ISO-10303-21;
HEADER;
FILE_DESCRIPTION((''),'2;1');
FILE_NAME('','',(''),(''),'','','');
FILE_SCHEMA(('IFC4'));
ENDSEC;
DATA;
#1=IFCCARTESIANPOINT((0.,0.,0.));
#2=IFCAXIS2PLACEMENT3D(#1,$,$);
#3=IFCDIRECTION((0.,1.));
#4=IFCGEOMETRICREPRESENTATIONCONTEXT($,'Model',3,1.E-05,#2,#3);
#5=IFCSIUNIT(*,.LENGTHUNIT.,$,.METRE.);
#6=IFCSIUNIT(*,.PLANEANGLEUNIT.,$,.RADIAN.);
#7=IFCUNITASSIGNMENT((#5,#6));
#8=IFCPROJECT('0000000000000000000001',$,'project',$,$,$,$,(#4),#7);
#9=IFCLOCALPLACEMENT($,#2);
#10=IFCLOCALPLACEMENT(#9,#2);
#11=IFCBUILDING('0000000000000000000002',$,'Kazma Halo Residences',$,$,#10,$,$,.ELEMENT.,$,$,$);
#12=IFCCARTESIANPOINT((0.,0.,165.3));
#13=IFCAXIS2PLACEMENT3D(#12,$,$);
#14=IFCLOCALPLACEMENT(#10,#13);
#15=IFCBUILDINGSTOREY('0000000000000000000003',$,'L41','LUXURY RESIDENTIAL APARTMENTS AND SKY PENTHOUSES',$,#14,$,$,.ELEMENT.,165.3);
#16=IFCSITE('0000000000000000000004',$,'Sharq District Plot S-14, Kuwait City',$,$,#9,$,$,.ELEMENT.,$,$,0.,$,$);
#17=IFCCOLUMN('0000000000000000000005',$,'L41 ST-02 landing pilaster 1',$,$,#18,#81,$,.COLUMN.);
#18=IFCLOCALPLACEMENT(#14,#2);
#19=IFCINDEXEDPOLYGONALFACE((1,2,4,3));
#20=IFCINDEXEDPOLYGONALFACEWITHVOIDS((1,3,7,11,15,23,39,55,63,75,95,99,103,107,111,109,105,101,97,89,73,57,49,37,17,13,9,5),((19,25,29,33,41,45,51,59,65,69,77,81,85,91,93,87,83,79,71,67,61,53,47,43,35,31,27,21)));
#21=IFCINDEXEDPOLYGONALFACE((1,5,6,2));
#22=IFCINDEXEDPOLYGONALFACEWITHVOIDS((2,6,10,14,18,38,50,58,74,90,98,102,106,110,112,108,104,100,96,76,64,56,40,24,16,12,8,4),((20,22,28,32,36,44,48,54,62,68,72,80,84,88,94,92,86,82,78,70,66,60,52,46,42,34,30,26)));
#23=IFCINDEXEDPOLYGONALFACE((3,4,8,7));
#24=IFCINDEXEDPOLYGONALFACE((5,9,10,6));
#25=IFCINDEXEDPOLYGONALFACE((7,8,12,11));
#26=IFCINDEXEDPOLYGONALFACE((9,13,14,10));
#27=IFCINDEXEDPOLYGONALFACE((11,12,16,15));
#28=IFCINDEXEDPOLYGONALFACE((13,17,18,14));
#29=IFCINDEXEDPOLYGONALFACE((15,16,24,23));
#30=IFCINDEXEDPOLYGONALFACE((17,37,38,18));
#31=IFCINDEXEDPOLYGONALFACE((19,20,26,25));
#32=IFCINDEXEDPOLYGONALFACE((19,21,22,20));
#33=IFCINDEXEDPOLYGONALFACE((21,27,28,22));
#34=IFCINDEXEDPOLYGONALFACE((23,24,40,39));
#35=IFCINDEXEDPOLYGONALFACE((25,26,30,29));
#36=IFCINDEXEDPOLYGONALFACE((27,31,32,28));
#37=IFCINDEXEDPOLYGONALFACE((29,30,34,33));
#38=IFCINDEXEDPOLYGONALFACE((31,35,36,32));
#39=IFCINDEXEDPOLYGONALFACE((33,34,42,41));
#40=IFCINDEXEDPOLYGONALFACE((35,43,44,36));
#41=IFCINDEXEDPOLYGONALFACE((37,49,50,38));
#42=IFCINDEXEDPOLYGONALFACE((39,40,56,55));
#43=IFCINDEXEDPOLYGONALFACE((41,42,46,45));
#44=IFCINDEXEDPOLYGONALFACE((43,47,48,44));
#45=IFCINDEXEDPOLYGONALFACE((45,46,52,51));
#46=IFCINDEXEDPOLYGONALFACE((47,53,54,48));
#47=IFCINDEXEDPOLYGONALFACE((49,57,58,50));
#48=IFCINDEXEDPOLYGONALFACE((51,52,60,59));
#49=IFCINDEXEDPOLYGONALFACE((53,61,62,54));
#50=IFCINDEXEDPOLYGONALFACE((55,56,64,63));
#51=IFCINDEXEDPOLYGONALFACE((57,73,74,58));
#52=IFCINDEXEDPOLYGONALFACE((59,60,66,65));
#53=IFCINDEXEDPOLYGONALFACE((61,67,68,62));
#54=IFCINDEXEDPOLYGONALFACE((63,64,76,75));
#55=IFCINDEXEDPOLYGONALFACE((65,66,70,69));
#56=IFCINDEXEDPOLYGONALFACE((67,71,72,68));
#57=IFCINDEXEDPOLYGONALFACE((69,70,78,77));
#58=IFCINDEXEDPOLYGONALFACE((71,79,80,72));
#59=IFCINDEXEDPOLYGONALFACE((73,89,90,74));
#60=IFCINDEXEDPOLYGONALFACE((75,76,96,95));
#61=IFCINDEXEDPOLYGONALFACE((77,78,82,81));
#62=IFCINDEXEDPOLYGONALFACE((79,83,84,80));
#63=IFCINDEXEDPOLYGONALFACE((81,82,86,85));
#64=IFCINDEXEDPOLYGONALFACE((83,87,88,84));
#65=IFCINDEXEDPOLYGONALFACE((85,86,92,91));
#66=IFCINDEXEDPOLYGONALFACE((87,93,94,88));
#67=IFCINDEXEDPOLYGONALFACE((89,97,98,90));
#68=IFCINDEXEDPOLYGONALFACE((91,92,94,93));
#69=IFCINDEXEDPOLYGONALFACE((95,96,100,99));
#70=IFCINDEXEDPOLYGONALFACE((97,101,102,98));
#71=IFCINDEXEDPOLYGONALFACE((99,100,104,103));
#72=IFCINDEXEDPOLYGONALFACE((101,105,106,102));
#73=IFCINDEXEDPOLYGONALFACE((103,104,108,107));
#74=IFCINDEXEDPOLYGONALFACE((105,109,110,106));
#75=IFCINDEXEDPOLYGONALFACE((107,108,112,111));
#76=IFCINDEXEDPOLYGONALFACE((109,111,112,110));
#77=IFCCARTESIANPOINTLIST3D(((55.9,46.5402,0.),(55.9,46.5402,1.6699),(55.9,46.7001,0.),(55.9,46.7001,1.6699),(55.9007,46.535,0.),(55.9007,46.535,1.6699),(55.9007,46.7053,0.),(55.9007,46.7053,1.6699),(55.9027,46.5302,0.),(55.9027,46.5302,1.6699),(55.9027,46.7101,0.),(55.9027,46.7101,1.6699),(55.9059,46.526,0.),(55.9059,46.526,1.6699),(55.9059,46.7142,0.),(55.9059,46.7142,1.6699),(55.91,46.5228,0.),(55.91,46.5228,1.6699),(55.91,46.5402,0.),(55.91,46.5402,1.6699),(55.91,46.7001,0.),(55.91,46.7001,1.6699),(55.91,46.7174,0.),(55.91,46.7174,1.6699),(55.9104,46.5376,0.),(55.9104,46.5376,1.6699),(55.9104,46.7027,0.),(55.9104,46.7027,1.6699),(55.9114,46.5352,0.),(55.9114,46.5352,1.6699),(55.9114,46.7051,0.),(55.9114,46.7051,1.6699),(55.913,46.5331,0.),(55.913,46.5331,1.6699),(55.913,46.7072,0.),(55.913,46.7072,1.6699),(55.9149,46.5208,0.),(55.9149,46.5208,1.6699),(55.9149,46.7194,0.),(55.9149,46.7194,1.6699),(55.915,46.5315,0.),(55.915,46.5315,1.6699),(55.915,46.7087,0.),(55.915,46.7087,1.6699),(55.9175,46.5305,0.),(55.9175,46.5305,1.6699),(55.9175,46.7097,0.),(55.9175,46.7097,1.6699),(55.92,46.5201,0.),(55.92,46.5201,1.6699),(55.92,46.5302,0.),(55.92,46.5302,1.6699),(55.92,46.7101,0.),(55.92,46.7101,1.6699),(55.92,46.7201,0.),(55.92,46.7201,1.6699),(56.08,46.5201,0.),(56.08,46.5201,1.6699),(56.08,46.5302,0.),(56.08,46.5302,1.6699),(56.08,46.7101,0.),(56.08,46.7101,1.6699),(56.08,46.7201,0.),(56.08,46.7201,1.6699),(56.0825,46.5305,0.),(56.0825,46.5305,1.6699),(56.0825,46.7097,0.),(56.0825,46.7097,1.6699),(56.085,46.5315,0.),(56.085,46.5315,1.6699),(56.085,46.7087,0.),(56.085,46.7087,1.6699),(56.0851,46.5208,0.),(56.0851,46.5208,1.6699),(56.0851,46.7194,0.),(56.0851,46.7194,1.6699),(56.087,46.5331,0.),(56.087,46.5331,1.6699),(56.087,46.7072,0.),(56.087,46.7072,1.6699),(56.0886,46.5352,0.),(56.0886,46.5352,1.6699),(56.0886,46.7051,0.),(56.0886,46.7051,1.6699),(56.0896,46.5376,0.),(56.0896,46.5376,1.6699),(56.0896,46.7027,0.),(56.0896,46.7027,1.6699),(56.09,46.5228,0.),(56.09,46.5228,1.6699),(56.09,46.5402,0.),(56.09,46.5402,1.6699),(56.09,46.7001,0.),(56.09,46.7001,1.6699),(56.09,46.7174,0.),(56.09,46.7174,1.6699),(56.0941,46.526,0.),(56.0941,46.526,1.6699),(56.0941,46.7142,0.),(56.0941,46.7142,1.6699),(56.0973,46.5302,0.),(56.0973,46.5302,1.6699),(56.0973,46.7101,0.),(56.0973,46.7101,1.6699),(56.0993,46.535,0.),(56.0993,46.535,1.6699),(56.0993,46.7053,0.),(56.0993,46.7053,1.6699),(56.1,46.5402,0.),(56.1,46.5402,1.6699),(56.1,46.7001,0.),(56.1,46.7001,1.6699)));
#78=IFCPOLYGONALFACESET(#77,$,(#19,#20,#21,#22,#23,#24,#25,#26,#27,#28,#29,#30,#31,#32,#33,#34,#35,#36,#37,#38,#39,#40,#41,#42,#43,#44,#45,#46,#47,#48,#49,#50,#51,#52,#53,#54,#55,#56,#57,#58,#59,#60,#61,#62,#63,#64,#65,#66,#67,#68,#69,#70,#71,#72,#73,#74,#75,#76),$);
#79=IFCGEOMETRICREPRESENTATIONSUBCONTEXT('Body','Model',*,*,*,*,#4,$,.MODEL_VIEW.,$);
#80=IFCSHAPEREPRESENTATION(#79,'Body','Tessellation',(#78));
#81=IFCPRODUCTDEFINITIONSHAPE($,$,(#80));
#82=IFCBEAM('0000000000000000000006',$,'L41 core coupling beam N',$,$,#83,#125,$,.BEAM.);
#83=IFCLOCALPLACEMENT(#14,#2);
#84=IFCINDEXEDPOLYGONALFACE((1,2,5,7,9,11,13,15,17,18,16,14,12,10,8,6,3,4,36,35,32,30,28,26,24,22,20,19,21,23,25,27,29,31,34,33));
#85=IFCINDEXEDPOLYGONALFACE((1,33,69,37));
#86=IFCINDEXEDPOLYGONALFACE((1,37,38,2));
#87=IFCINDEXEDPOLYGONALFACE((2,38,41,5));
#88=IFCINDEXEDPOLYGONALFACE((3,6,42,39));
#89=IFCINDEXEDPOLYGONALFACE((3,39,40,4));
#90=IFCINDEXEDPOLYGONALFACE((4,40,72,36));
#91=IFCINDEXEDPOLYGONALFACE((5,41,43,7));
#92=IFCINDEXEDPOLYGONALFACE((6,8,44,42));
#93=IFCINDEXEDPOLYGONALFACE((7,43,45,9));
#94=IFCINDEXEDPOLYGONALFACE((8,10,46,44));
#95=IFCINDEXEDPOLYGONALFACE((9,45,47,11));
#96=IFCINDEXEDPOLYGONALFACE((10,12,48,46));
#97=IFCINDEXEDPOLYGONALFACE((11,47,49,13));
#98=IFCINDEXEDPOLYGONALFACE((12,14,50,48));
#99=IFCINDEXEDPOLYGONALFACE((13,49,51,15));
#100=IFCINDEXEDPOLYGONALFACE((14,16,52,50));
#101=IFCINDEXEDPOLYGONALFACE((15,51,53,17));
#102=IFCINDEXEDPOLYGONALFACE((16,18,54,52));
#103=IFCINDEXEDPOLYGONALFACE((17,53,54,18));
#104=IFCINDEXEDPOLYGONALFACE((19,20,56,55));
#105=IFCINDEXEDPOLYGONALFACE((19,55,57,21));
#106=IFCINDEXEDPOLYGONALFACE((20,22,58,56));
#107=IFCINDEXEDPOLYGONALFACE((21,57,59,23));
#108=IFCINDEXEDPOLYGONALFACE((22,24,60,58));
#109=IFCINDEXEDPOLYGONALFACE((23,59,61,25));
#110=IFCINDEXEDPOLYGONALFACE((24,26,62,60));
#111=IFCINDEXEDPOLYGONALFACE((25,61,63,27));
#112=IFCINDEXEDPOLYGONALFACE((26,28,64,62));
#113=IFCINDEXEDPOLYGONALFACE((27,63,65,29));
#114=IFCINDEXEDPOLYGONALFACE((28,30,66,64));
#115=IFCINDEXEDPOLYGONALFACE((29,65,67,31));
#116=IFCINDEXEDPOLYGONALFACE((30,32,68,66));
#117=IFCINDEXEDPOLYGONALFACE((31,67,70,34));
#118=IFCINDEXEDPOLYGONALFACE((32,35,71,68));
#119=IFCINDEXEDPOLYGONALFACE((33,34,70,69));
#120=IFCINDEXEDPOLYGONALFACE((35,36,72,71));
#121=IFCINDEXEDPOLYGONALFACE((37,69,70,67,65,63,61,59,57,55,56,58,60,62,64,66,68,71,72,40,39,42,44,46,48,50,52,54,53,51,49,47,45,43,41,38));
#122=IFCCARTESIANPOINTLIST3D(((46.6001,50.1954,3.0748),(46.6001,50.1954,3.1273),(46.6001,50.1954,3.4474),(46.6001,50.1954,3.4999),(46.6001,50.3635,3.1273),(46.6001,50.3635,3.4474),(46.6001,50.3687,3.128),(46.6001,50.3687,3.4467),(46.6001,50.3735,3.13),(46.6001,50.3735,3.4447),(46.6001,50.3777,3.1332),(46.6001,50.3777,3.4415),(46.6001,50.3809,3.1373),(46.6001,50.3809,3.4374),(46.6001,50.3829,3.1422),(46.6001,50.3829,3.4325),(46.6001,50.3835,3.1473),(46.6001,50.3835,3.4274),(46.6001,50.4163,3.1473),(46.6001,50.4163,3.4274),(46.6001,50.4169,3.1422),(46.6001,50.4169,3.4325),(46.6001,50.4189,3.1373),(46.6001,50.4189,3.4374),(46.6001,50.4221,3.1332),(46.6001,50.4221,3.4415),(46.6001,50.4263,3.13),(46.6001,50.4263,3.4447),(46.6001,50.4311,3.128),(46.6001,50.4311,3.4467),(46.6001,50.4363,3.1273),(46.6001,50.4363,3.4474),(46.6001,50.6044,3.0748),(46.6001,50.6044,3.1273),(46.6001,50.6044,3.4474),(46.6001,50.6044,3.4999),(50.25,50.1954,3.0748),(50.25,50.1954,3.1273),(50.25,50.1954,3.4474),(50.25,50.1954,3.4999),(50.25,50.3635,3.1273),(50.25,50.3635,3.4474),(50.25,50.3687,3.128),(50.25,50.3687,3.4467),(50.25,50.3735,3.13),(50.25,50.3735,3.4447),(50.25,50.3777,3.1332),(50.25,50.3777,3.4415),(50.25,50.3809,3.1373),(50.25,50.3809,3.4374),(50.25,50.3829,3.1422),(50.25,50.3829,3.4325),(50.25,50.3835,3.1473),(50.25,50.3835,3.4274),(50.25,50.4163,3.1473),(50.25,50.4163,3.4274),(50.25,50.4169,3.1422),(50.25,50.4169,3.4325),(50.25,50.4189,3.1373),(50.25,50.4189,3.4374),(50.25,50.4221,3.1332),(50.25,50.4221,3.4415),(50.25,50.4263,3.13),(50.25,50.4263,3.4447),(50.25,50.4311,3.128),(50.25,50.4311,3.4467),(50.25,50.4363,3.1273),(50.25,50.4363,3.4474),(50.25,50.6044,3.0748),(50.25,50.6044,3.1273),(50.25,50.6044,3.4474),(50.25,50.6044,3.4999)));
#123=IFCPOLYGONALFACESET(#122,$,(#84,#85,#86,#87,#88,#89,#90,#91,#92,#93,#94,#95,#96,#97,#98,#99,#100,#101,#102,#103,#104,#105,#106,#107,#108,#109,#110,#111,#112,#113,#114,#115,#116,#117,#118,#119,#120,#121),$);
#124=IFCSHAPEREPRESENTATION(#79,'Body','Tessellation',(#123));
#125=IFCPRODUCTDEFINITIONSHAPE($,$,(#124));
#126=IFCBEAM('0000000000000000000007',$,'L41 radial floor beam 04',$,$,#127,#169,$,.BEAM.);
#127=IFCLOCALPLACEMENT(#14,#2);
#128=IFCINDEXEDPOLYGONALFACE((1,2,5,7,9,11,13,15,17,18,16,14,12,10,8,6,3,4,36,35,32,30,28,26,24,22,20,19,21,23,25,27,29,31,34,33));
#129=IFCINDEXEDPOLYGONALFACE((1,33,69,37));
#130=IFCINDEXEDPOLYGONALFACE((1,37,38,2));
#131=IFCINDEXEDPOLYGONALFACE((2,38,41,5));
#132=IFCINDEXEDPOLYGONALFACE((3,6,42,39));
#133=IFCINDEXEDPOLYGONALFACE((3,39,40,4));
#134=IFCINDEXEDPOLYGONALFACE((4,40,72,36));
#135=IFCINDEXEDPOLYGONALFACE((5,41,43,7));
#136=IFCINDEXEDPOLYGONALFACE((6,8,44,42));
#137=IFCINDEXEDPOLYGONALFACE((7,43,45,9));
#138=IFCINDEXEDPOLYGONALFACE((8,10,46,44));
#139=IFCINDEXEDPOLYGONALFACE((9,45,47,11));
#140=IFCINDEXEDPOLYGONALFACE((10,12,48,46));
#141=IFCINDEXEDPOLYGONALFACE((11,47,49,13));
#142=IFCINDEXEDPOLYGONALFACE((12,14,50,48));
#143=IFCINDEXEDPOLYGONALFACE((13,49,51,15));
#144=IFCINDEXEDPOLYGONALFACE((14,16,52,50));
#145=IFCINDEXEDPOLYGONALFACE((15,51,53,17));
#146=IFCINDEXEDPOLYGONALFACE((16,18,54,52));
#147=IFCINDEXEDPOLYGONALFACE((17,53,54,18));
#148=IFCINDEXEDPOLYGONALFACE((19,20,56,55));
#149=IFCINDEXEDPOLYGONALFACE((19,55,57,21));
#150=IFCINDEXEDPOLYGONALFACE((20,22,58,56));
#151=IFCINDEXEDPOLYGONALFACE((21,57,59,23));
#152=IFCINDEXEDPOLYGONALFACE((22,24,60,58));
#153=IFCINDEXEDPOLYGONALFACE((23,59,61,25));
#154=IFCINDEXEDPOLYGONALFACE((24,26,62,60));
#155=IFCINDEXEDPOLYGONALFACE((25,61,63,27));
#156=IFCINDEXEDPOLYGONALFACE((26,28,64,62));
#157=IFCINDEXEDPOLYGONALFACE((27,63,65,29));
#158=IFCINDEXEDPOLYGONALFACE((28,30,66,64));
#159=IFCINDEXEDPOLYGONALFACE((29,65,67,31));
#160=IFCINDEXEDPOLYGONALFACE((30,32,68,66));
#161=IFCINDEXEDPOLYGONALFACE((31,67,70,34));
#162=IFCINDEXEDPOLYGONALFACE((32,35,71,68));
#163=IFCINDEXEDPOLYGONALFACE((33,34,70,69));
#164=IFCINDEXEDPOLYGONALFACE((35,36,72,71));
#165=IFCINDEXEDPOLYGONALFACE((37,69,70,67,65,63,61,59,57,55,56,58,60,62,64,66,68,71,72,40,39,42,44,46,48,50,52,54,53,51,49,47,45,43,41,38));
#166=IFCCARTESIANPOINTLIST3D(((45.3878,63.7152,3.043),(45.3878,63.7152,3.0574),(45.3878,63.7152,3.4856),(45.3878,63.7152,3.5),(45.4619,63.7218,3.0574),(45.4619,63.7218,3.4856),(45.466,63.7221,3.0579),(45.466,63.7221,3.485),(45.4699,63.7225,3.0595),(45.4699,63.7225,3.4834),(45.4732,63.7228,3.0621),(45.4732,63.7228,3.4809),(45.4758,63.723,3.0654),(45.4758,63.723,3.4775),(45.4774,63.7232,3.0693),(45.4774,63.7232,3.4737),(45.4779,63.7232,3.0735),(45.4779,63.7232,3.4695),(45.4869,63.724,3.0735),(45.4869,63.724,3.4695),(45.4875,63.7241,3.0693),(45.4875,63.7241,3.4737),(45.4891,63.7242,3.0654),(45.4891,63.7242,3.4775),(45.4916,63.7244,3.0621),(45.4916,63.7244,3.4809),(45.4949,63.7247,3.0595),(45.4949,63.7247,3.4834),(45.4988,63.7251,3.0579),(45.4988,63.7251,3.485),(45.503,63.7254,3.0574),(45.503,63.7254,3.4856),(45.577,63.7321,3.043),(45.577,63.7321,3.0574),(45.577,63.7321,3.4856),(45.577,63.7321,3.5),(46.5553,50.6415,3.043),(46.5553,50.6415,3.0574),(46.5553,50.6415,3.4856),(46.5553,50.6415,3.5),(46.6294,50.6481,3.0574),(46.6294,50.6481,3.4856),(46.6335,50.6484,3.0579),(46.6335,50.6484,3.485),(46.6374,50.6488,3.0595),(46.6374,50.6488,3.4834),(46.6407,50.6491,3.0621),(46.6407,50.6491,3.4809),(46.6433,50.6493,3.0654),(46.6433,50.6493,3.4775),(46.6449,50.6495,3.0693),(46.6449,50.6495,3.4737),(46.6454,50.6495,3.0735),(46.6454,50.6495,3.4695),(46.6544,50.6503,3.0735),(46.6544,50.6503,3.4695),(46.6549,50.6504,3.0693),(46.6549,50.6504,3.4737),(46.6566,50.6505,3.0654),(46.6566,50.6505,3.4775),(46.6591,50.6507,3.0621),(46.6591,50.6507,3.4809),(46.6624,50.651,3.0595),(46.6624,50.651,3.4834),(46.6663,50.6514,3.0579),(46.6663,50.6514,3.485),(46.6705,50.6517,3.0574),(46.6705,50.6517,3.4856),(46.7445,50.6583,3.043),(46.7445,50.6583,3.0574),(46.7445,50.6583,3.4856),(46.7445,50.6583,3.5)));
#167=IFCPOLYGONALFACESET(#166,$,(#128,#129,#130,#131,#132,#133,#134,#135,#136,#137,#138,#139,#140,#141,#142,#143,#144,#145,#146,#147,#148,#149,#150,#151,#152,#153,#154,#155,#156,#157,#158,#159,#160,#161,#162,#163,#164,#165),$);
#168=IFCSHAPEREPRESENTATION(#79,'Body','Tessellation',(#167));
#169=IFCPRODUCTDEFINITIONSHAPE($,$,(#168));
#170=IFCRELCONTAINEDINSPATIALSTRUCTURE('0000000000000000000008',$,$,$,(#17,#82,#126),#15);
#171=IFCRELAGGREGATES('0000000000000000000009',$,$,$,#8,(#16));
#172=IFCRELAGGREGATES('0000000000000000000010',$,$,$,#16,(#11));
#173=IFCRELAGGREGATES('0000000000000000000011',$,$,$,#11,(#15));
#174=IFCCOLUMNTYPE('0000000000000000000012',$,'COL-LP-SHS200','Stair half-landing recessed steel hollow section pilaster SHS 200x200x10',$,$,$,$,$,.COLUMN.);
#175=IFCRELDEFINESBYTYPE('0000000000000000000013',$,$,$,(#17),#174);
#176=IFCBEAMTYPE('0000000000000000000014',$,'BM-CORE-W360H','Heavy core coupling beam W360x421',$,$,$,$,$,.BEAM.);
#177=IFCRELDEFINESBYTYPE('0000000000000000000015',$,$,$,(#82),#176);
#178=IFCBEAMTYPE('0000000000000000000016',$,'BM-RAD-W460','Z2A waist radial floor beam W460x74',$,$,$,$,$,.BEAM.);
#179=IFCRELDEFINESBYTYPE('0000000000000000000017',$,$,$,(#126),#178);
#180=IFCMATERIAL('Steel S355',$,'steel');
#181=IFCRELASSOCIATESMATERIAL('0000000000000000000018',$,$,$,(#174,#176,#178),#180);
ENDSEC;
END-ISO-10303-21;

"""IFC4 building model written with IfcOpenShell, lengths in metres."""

from ifc_helpers import new_model, si_unit, direction, frame, origin, origin_2d, place, context, subcontext, project, spatial, hollow_rectangle, i_section, extrude, material, material_profile, profile_set, type_object, element, save


model = new_model("IFC4")

# Units and contexts
model_context = context("Model", 3, precision=1e-05, world=origin(), true_north=direction((0.0, 1.0)))
body_context = subcontext(model_context, "Body", "Model", "MODEL_VIEW")
ifc_project = project(units=[si_unit("LENGTHUNIT", "METRE"), si_unit("PLANEANGLEUNIT", "RADIAN")], contexts=[model_context])

# Site, building, storey
site_placement = place(None, origin())
site = spatial("IfcSite", under=ifc_project, at=site_placement, Name="Sharq District Plot S-14, Kuwait City", CompositionType="ELEMENT", RefElevation=0.0)
building_placement = place(site_placement, origin())
building = spatial("IfcBuilding", under=site, at=building_placement, Name="Kazma Halo Residences", CompositionType="ELEMENT")
storey_placement = place(building_placement, frame((0.0, 0.0, 165.3)))
storey = spatial("IfcBuildingStorey", under=building, at=storey_placement, Name="L41", Description="LUXURY RESIDENTIAL APARTMENTS AND SKY PENTHOUSES", CompositionType="ELEMENT", Elevation=165.3)

# Column
ifc_material_1 = material(Name="Steel S355", Category="steel")
ifc_material_profile_1 = material_profile(ifc_material_1, hollow_rectangle(XDim=0.2, YDim=0.2, WallThickness=0.01, InnerFilletRadius=0.01, OuterFilletRadius=0.02, at=origin_2d()), Name="SHS200x200x10")
ifc_profile_set_1 = profile_set([ifc_material_profile_1], Name="Steel S355")
column_type = type_object("IfcColumnType", Name="COL-LP-SHS200", Description="Stair half-landing recessed steel hollow section pilaster SHS 200x200x10", PredefinedType="COLUMN", material=ifc_profile_set_1)
column_placement = place(storey_placement, frame((56.0, 46.6201, 0.0), z_axis=(0.0, 0.0, 1.0), x_axis=(1.0, 0.0, 0.0)))
element("IfcColumn", 1, at=column_placement, inside=storey, type_object=column_type, Name="L41 ST-02 landing pilaster 1", PredefinedType="COLUMN", context=body_context, shape_type="SweptSolid", body=[
    extrude(hollow_rectangle(XDim=0.2, YDim=0.2, WallThickness=0.01, InnerFilletRadius=0.01, OuterFilletRadius=0.02, at=origin_2d()), origin(), (0.0, 0.0, 1.0), 1.6699),
])

# Beams
ifc_material_profile_2 = material_profile(ifc_material_1, i_section(OverallWidth=0.4089, OverallDepth=0.425, WebThickness=0.0327, FlangeThickness=0.0525, FilletRadius=0.02, at=origin_2d()), Name="W360x421")
ifc_profile_set_2 = profile_set([ifc_material_profile_2], Name="Steel S355")
beam_type_1 = type_object("IfcBeamType", Name="BM-CORE-W360H", Description="Heavy core coupling beam W360x421", PredefinedType="BEAM", material=ifc_profile_set_2)
beam_1_placement = place(storey_placement, frame((46.6001, 50.3999, 3.2874), z_axis=(1.0, 0.0, 0.0), x_axis=(0.0, 1.0, 0.0)))
element("IfcBeam", 2, at=beam_1_placement, inside=storey, type_object=beam_type_1, Name="L41 core coupling beam N", PredefinedType="BEAM", context=body_context, shape_type="SweptSolid", body=[
    extrude(i_section(OverallWidth=0.4089, OverallDepth=0.425, WebThickness=0.0327, FlangeThickness=0.0525, FilletRadius=0.02, at=origin_2d()), origin(), (0.0, 0.0, 1.0), 3.6499),
])
ifc_material_profile_3 = material_profile(ifc_material_1, i_section(OverallWidth=0.1899, OverallDepth=0.457, WebThickness=0.009, FlangeThickness=0.0144, FilletRadius=0.0161, at=origin_2d()), Name="W460x74")
ifc_profile_set_3 = profile_set([ifc_material_profile_3], Name="Steel S355")
beam_type_2 = type_object("IfcBeamType", Name="BM-RAD-W460", Description="Z2A waist radial floor beam W460x74", PredefinedType="BEAM", material=ifc_profile_set_3)
beam_2_placement = place(storey_placement, frame((46.6499, 50.6499, 3.2715), z_axis=(-0.088946, 0.996036, 0.0), x_axis=(-0.996036, -0.088946, 0.0)))
element("IfcBeam", 3, at=beam_2_placement, inside=storey, type_object=beam_type_2, Name="L41 radial floor beam 04", PredefinedType="BEAM", context=body_context, shape_type="SweptSolid", body=[
    extrude(i_section(OverallWidth=0.1899, OverallDepth=0.457, WebThickness=0.009, FlangeThickness=0.0144, FilletRadius=0.0161, at=origin_2d()), origin(), (0.0, 0.0, 1.0), 13.1257),
])

save(model, "model.ifc")
